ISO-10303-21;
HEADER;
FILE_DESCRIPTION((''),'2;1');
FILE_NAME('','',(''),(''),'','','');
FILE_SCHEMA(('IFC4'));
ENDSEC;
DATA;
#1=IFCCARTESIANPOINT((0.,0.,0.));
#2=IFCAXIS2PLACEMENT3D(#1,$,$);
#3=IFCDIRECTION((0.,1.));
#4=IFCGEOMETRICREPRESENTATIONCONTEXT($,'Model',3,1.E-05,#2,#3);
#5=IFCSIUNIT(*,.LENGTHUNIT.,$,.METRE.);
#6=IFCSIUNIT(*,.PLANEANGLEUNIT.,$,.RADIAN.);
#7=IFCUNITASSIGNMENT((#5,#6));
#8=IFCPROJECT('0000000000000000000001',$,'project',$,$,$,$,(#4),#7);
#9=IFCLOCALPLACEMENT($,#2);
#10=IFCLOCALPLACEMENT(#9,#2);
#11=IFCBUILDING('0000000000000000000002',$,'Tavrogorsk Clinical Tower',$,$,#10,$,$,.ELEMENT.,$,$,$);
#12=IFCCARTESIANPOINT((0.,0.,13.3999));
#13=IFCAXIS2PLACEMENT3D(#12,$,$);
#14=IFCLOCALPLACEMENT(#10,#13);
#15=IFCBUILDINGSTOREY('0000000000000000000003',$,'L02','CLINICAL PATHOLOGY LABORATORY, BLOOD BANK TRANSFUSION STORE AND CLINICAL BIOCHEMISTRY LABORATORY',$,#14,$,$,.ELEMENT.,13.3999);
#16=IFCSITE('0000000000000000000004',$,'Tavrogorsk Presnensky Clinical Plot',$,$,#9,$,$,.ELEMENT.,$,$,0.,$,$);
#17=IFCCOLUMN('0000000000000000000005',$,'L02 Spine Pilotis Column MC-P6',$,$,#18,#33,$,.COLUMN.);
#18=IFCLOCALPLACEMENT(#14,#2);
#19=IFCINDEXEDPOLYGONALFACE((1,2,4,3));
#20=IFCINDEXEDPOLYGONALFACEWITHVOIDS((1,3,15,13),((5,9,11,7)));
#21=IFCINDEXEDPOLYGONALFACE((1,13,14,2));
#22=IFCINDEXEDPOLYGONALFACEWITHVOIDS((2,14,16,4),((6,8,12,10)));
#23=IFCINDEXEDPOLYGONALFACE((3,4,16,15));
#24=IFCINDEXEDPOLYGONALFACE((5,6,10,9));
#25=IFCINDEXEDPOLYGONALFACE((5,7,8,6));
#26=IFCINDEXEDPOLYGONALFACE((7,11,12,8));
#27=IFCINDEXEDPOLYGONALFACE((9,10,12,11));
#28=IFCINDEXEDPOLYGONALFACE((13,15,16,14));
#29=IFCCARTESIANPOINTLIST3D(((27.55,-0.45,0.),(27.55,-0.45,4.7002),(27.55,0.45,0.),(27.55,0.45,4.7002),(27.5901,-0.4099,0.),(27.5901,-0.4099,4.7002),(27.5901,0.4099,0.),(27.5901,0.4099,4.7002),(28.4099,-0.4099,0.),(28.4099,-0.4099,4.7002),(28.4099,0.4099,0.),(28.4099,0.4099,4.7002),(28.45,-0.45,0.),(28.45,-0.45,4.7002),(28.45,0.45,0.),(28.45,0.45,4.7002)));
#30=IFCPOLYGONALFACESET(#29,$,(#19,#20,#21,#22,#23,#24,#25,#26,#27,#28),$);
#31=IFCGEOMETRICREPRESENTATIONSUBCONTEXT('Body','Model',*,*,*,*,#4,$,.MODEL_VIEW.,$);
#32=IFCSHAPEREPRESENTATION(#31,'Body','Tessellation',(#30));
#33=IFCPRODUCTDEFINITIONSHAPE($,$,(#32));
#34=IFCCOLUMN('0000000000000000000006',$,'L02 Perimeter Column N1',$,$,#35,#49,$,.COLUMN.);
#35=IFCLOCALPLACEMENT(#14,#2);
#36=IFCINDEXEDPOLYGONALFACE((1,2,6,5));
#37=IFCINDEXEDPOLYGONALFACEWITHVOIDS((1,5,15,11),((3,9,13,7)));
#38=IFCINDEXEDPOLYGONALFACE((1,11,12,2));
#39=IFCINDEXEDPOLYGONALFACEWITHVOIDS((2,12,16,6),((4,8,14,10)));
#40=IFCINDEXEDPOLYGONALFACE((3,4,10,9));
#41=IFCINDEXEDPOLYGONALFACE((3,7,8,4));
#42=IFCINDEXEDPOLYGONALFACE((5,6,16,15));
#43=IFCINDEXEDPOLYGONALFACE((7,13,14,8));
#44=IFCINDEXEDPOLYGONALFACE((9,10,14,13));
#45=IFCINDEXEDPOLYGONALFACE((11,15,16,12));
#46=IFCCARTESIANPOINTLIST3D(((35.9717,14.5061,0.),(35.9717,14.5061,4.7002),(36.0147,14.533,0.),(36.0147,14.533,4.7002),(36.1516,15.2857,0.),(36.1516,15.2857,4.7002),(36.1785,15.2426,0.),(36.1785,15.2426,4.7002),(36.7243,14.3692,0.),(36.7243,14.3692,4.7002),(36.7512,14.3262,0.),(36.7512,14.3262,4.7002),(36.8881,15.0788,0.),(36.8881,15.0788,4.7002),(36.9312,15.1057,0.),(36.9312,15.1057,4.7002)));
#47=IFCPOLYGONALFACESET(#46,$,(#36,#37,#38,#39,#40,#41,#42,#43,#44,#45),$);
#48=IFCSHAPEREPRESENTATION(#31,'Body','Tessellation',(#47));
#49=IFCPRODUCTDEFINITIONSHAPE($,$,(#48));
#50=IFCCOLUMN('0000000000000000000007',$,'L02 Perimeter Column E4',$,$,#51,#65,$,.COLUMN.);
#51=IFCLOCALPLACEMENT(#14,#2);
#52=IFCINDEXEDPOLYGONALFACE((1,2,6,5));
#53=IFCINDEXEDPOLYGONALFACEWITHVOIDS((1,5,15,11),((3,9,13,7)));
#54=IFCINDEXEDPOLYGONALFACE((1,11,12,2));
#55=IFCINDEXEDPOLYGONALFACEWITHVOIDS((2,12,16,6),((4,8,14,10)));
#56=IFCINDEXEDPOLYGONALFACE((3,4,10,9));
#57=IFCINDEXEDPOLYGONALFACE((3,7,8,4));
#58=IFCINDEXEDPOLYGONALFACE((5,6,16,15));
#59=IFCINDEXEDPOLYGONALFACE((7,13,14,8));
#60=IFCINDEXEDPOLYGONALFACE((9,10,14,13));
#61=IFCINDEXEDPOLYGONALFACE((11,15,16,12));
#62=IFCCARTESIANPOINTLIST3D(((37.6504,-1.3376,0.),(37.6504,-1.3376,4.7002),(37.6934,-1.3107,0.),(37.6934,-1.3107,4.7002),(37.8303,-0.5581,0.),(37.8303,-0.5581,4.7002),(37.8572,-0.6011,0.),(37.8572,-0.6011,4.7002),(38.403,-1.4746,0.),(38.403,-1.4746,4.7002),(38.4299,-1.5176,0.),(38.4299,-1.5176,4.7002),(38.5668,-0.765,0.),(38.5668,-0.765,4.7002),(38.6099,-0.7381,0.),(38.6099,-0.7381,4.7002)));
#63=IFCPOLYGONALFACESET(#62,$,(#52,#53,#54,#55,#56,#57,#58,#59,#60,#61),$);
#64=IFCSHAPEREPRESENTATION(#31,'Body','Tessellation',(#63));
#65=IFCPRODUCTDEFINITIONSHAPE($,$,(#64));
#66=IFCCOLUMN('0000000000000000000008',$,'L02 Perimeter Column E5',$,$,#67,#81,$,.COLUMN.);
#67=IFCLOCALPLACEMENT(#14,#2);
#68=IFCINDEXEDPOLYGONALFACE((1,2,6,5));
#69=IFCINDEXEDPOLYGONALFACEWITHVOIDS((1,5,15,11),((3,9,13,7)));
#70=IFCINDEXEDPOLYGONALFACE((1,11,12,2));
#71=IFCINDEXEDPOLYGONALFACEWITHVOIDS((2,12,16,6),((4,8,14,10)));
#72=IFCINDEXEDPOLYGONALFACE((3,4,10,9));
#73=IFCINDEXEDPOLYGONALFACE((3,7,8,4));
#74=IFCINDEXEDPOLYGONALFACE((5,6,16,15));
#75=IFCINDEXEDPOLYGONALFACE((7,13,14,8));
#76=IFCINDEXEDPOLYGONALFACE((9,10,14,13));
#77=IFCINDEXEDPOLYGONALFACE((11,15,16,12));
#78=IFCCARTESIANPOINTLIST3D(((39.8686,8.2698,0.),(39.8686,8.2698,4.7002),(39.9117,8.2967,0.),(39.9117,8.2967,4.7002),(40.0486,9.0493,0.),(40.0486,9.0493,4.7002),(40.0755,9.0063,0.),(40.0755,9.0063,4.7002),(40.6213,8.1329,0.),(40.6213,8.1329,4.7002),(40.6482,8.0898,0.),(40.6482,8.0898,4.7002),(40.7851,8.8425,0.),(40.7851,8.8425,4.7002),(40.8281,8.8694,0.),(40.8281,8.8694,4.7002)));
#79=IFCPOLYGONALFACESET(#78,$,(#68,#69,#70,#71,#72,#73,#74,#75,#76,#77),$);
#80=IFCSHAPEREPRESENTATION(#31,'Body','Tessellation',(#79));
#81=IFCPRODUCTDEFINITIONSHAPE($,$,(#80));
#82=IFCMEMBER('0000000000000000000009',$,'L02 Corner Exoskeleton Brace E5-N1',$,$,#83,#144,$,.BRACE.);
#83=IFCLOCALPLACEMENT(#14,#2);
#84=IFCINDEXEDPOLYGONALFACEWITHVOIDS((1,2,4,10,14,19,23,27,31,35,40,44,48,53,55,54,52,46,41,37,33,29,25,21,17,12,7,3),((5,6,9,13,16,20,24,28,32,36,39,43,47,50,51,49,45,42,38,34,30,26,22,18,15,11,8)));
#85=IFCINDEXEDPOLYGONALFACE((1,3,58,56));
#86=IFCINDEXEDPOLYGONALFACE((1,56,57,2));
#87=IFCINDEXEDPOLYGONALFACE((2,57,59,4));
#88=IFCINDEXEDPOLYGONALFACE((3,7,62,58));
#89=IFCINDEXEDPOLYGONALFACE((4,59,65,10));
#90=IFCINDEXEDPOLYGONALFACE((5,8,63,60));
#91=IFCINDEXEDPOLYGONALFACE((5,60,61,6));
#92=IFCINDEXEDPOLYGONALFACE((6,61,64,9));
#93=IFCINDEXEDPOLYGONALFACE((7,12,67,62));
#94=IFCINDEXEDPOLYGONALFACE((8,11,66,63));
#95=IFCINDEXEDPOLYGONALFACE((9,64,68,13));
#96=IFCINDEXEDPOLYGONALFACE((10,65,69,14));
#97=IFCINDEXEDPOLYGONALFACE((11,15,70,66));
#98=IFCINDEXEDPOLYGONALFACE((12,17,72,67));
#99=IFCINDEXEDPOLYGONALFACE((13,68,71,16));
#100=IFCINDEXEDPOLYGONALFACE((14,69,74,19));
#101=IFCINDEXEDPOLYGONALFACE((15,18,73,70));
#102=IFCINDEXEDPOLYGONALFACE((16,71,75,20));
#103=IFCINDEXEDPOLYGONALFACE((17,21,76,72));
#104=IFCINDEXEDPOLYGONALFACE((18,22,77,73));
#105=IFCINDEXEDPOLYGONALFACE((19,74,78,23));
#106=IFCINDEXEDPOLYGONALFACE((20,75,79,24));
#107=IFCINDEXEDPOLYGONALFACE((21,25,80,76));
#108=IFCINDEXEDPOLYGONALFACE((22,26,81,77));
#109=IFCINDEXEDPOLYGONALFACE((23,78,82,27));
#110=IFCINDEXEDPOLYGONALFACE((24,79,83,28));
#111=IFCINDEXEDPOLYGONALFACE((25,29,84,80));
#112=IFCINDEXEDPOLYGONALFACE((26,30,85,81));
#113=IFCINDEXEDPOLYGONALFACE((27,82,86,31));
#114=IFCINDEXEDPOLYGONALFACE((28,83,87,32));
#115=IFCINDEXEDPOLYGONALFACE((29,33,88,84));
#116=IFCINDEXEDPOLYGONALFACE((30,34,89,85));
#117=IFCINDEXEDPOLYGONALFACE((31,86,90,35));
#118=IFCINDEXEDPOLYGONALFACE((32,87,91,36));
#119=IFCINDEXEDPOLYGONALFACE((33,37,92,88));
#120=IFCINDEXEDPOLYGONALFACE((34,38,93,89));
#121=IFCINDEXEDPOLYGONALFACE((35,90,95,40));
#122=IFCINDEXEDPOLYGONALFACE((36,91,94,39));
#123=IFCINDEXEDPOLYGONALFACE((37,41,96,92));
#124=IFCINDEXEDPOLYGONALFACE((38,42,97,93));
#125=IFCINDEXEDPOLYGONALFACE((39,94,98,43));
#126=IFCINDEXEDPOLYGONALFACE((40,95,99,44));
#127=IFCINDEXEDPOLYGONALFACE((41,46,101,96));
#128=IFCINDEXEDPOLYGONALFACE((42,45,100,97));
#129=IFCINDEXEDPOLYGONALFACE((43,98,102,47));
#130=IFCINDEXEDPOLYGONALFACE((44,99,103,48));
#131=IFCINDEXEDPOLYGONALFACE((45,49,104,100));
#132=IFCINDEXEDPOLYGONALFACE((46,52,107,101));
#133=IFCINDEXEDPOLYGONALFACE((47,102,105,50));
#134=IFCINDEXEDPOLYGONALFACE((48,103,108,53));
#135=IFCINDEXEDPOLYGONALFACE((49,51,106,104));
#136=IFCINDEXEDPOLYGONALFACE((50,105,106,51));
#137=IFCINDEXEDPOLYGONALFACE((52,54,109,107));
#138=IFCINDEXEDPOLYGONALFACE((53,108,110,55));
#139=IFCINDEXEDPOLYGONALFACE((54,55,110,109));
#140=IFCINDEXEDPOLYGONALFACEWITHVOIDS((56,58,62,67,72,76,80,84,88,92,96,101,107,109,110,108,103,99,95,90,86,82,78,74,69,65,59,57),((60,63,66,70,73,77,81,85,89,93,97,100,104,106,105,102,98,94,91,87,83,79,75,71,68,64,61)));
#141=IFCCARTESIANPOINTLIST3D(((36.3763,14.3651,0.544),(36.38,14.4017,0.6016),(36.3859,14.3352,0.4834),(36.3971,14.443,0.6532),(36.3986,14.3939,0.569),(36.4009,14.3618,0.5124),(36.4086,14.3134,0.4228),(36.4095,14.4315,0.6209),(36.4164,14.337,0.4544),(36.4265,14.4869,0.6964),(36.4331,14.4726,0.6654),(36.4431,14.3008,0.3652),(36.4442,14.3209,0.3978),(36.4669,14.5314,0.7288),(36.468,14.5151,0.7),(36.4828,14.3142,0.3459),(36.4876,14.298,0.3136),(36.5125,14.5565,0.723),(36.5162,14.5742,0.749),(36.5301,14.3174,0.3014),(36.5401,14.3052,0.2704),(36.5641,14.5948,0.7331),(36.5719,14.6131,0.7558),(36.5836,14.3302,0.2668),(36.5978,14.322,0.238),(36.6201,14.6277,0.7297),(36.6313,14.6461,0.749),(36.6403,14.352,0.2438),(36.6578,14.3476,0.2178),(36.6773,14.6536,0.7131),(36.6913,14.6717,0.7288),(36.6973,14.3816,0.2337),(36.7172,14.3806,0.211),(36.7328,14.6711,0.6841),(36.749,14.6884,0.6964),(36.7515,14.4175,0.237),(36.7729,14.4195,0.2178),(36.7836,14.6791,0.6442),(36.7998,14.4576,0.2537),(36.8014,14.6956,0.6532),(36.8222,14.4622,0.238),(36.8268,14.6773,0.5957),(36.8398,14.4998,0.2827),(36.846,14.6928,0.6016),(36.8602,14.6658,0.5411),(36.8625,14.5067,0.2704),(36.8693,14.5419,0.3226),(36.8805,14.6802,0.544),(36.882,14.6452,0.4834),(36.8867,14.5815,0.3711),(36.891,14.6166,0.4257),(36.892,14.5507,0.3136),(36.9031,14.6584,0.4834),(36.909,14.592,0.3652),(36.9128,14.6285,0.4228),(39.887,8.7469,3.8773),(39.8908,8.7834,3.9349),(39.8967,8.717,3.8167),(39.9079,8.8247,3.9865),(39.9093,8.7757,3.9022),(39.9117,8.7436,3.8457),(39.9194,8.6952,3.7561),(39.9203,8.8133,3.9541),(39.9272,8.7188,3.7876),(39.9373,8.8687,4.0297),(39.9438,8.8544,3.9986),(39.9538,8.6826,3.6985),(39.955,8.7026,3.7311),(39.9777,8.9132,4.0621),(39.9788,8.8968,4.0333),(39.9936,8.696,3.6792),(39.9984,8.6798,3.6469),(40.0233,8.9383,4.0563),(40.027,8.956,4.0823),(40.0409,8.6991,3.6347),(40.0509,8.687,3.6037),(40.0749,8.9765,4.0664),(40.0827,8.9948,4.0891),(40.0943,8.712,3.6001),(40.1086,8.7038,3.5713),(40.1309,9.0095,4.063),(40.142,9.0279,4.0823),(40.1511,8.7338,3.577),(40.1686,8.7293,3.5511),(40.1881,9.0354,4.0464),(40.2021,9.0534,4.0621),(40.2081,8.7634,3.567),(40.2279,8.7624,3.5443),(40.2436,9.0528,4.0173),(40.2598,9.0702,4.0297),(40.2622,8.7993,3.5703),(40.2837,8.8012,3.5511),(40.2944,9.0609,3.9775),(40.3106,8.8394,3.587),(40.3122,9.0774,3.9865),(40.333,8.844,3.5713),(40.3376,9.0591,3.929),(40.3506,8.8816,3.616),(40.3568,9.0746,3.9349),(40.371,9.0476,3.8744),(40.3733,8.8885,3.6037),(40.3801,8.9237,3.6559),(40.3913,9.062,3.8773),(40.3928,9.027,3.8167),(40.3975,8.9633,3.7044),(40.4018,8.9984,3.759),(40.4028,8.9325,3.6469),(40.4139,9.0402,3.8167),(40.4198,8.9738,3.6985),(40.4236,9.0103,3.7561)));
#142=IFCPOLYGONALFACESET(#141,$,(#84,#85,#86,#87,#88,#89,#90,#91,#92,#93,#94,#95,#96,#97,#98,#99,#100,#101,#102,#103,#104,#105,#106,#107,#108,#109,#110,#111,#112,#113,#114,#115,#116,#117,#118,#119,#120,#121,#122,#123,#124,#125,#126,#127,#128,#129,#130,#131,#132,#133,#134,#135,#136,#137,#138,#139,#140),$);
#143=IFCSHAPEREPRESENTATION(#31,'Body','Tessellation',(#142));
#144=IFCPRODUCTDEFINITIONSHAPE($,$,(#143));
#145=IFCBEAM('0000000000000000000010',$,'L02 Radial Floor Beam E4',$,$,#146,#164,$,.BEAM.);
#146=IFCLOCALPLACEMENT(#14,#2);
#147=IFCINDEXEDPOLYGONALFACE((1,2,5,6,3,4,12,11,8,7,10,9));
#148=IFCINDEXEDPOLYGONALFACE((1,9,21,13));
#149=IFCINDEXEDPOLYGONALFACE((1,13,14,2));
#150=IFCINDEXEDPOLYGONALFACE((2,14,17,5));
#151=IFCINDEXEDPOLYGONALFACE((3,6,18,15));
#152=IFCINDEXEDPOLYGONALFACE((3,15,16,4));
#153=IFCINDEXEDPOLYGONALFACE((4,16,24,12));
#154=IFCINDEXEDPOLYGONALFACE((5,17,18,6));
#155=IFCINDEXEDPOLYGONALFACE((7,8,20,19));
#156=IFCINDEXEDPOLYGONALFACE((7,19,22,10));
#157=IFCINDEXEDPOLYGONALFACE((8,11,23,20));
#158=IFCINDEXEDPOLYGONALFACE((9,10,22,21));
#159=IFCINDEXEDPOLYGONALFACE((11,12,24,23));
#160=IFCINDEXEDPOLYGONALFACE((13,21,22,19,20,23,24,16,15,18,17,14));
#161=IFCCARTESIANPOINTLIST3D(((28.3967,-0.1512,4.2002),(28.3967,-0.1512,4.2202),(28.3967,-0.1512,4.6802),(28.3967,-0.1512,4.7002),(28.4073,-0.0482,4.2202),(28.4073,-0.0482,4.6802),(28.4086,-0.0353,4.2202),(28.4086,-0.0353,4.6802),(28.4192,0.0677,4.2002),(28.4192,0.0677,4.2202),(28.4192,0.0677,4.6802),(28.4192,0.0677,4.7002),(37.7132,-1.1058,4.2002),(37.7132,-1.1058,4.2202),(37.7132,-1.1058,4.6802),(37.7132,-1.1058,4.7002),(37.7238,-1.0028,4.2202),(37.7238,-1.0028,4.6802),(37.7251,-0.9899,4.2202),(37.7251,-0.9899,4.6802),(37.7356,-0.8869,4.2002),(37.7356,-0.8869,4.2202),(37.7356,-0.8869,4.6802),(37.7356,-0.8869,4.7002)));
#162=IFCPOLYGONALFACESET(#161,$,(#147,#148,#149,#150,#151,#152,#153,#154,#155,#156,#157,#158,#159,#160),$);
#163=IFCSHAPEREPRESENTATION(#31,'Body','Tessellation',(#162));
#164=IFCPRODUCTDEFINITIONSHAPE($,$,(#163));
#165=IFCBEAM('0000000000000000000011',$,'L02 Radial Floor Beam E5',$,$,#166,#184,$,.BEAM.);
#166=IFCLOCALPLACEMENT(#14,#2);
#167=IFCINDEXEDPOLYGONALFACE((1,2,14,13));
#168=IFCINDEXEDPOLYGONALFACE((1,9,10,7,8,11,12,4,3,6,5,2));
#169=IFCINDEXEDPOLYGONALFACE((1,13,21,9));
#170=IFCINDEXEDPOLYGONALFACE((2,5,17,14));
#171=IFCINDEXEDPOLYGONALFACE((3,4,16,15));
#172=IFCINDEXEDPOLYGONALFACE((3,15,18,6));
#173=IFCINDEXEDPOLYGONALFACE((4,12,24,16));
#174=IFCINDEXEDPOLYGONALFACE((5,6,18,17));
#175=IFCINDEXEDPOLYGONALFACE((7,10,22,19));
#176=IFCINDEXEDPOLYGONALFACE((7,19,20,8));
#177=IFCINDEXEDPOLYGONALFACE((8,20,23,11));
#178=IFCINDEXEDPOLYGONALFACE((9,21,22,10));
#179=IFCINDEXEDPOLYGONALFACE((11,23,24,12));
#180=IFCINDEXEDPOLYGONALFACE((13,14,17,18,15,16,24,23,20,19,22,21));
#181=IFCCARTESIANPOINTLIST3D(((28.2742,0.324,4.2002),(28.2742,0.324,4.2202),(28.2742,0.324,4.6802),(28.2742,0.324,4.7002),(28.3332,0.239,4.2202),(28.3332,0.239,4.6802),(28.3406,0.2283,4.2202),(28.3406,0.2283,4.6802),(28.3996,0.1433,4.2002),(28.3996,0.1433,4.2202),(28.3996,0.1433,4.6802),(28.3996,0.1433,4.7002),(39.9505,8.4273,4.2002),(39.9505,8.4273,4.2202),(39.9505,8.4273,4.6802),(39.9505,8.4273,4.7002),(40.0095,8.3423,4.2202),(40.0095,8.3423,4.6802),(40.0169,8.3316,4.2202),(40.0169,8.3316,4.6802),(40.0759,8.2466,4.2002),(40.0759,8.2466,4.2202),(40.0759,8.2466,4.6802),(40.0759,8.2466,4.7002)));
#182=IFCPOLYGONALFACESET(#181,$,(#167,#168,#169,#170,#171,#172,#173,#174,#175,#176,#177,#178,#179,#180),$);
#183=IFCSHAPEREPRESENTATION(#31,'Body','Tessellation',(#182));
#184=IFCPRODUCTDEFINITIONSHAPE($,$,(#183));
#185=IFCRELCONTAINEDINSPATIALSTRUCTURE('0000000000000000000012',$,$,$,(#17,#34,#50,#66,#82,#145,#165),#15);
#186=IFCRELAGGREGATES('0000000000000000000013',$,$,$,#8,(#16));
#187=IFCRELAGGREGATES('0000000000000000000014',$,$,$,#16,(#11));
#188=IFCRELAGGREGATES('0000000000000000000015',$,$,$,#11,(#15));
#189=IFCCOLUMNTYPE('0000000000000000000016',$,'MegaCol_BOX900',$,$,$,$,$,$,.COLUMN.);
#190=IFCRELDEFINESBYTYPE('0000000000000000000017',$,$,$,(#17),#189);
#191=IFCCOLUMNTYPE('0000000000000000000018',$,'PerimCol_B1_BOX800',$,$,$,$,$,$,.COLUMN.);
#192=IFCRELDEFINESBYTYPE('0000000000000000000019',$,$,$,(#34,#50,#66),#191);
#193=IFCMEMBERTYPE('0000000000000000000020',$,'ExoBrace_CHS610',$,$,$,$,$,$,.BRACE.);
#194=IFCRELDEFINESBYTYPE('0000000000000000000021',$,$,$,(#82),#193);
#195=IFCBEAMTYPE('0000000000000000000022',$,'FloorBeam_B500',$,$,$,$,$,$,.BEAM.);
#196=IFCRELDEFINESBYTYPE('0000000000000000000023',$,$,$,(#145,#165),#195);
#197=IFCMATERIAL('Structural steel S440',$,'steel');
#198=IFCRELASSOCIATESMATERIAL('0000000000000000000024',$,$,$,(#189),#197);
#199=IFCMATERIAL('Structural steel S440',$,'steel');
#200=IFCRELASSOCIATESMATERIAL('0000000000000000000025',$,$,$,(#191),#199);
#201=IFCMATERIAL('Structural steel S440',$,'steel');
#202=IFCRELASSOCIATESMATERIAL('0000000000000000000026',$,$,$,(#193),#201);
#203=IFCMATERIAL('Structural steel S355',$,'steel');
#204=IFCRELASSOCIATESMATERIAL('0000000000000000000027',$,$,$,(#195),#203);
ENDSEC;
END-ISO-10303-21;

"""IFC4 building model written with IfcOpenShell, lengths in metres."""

from ifc_helpers import new_model, si_unit, direction, frame, origin, origin_2d, place, context, subcontext, project, spatial, hollow_rectangle, hollow_circle, i_section, extrude, material, material_profile, profile_set, type_object, element, save


model = new_model("IFC4")

# Units and contexts
model_context = context("Model", 3, precision=1e-05, world=origin(), true_north=direction((0.0, 1.0)))
body_context = subcontext(model_context, "Body", "Model", "MODEL_VIEW")
ifc_project = project(units=[si_unit("LENGTHUNIT", "METRE"), si_unit("PLANEANGLEUNIT", "RADIAN")], contexts=[model_context])

# Site, building, storey
site_placement = place(None, origin())
site = spatial("IfcSite", under=ifc_project, at=site_placement, Name="Tavrogorsk Presnensky Clinical Plot", CompositionType="ELEMENT", RefElevation=0.0)
building_placement = place(site_placement, origin())
building = spatial("IfcBuilding", under=site, at=building_placement, Name="Tavrogorsk Clinical Tower", CompositionType="ELEMENT")
storey_placement = place(building_placement, frame((0.0, 0.0, 13.3999)))
storey = spatial("IfcBuildingStorey", under=building, at=storey_placement, Name="L02", Description="CLINICAL PATHOLOGY LABORATORY, BLOOD BANK TRANSFUSION STORE AND CLINICAL BIOCHEMISTRY LABORATORY", CompositionType="ELEMENT", Elevation=13.3999)

# Columns
ifc_material_1 = material(Name="Structural steel S440", Category="steel")
ifc_material_profile_1 = material_profile(ifc_material_1, hollow_rectangle(XDim=0.8999, YDim=0.8999, WallThickness=0.04, at=origin_2d()), Name="BOX-900x900x40")
ifc_profile_set_1 = profile_set([ifc_material_profile_1], Name="Structural steel S440")
column_type_1 = type_object("IfcColumnType", Name="MegaCol_BOX900", PredefinedType="COLUMN", material=ifc_profile_set_1)
column_placement = place(storey_placement, frame((28.0, 0.0, 0.0), z_axis=(0.0, 0.0, 1.0), x_axis=(1.0, 0.0, 0.0)))
element("IfcColumn", 1, at=column_placement, inside=storey, type_object=column_type_1, Name="L02 Spine Pilotis Column MC-P6", PredefinedType="COLUMN", context=body_context, shape_type="SweptSolid", body=[
    extrude(hollow_rectangle(XDim=0.8999, YDim=0.8999, WallThickness=0.04, at=origin_2d()), origin(), (0.0, 0.0, 1.0), 4.7002),
])
ifc_material_2 = material(Name="Structural steel S440", Category="steel")
ifc_material_profile_2 = material_profile(ifc_material_2, hollow_rectangle(XDim=0.8, YDim=0.8, WallThickness=0.0359, at=origin_2d()), Name="BOX-800x800x36")
ifc_profile_set_2 = profile_set([ifc_material_profile_2], Name="Structural steel S440")
column_type_2 = type_object("IfcColumnType", Name="PerimCol_B1_BOX800", PredefinedType="COLUMN", material=ifc_profile_set_2)
for number, where, z_axis, x_axis, name in (
    (2, (36.4514, 14.8059, 0.0), (0.0, 0.0, 1.0), (0.97437, -0.224951, 0.0), "L02 Perimeter Column N1"),
    (3, (38.1301, -1.0378, 0.0), (0.0, 0.0, 1.0), (0.97437, -0.224951, 0.0), "L02 Perimeter Column E4"),
    (4, (40.3484, 8.5696, 0.0), (0.0, 0.0, 1.0), (0.97437, -0.224951, 0.0), "L02 Perimeter Column E5"),
):
    element("IfcColumn", number, at=place(storey_placement, frame(where, z_axis=z_axis, x_axis=x_axis)), inside=storey, type_object=column_type_2, Name=name, PredefinedType="COLUMN", context=body_context, shape_type="SweptSolid", body=[
        extrude(hollow_rectangle(XDim=0.8, YDim=0.8, WallThickness=0.0359, at=origin_2d()), origin(), (0.0, 0.0, 1.0), 4.7002),
    ])

# Member
ifc_material_3 = material(Name="Structural steel S440", Category="steel")
ifc_material_profile_3 = material_profile(ifc_material_3, hollow_circle(Radius=0.3049, WallThickness=0.0249, at=origin_2d()), Name="CHS-610x25")
ifc_profile_set_3 = profile_set([ifc_material_profile_3], Name="Structural steel S440")
member_type_1 = type_object("IfcMemberType", Name="ExoBrace_CHS610", PredefinedType="BRACE", material=ifc_profile_set_3)
member_placement = place(storey_placement, frame((36.6445, 14.4968, 0.4834), z_axis=(0.47339, -0.757556, 0.449457), x_axis=(0.84804, 0.529933, 0.0)))
element("IfcMember", 5, at=member_placement, inside=storey, type_object=member_type_1, Name="L02 Corner Exoskeleton Brace E5-N1", PredefinedType="BRACE", context=body_context, shape_type="SweptSolid", body=[
    extrude(hollow_circle(Radius=0.3049, WallThickness=0.0249, at=origin_2d()), origin(), (0.0, 0.0, 1.0), 7.4163),
])

# Beams
ifc_material_4 = material(Name="Structural steel S355", Category="steel")
ifc_material_profile_4 = material_profile(ifc_material_4, i_section(OverallWidth=0.22, OverallDepth=0.5, WebThickness=0.0129, FlangeThickness=0.02, at=origin_2d()), Name="B-500x220x13x20")
ifc_profile_set_4 = profile_set([ifc_material_profile_4], Name="Structural steel S355")
beam_type_1 = type_object("IfcBeamType", Name="FloorBeam_B500", PredefinedType="BEAM", material=ifc_profile_set_4)
beam_1_placement = place(storey_placement, frame((28.408, -0.0417, 4.4502), z_axis=(0.994792, -0.10193, 0.0), x_axis=(0.10193, 0.994792, 0.0)))
element("IfcBeam", 6, at=beam_1_placement, inside=storey, type_object=beam_type_1, Name="L02 Radial Floor Beam E4", PredefinedType="BEAM", context=body_context, shape_type="SweptSolid", body=[
    extrude(i_section(OverallWidth=0.22, OverallDepth=0.5, WebThickness=0.0129, FlangeThickness=0.02, at=origin_2d()), origin(), (0.0, 0.0, 1.0), 9.3652),
])
beam_2_placement = place(storey_placement, frame((28.3369, 0.2336, 4.4502), z_axis=(0.821543, 0.570147, 0.0), x_axis=(-0.570147, 0.821543, 0.0)))
element("IfcBeam", 7, at=beam_2_placement, inside=storey, type_object=beam_type_1, Name="L02 Radial Floor Beam E5", PredefinedType="BEAM", context=body_context, shape_type="SweptSolid", body=[
    extrude(i_section(OverallWidth=0.22, OverallDepth=0.5, WebThickness=0.0129, FlangeThickness=0.02, at=origin_2d()), origin(), (0.0, 0.0, 1.0), 14.2126),
])

save(model, "model.ifc")
